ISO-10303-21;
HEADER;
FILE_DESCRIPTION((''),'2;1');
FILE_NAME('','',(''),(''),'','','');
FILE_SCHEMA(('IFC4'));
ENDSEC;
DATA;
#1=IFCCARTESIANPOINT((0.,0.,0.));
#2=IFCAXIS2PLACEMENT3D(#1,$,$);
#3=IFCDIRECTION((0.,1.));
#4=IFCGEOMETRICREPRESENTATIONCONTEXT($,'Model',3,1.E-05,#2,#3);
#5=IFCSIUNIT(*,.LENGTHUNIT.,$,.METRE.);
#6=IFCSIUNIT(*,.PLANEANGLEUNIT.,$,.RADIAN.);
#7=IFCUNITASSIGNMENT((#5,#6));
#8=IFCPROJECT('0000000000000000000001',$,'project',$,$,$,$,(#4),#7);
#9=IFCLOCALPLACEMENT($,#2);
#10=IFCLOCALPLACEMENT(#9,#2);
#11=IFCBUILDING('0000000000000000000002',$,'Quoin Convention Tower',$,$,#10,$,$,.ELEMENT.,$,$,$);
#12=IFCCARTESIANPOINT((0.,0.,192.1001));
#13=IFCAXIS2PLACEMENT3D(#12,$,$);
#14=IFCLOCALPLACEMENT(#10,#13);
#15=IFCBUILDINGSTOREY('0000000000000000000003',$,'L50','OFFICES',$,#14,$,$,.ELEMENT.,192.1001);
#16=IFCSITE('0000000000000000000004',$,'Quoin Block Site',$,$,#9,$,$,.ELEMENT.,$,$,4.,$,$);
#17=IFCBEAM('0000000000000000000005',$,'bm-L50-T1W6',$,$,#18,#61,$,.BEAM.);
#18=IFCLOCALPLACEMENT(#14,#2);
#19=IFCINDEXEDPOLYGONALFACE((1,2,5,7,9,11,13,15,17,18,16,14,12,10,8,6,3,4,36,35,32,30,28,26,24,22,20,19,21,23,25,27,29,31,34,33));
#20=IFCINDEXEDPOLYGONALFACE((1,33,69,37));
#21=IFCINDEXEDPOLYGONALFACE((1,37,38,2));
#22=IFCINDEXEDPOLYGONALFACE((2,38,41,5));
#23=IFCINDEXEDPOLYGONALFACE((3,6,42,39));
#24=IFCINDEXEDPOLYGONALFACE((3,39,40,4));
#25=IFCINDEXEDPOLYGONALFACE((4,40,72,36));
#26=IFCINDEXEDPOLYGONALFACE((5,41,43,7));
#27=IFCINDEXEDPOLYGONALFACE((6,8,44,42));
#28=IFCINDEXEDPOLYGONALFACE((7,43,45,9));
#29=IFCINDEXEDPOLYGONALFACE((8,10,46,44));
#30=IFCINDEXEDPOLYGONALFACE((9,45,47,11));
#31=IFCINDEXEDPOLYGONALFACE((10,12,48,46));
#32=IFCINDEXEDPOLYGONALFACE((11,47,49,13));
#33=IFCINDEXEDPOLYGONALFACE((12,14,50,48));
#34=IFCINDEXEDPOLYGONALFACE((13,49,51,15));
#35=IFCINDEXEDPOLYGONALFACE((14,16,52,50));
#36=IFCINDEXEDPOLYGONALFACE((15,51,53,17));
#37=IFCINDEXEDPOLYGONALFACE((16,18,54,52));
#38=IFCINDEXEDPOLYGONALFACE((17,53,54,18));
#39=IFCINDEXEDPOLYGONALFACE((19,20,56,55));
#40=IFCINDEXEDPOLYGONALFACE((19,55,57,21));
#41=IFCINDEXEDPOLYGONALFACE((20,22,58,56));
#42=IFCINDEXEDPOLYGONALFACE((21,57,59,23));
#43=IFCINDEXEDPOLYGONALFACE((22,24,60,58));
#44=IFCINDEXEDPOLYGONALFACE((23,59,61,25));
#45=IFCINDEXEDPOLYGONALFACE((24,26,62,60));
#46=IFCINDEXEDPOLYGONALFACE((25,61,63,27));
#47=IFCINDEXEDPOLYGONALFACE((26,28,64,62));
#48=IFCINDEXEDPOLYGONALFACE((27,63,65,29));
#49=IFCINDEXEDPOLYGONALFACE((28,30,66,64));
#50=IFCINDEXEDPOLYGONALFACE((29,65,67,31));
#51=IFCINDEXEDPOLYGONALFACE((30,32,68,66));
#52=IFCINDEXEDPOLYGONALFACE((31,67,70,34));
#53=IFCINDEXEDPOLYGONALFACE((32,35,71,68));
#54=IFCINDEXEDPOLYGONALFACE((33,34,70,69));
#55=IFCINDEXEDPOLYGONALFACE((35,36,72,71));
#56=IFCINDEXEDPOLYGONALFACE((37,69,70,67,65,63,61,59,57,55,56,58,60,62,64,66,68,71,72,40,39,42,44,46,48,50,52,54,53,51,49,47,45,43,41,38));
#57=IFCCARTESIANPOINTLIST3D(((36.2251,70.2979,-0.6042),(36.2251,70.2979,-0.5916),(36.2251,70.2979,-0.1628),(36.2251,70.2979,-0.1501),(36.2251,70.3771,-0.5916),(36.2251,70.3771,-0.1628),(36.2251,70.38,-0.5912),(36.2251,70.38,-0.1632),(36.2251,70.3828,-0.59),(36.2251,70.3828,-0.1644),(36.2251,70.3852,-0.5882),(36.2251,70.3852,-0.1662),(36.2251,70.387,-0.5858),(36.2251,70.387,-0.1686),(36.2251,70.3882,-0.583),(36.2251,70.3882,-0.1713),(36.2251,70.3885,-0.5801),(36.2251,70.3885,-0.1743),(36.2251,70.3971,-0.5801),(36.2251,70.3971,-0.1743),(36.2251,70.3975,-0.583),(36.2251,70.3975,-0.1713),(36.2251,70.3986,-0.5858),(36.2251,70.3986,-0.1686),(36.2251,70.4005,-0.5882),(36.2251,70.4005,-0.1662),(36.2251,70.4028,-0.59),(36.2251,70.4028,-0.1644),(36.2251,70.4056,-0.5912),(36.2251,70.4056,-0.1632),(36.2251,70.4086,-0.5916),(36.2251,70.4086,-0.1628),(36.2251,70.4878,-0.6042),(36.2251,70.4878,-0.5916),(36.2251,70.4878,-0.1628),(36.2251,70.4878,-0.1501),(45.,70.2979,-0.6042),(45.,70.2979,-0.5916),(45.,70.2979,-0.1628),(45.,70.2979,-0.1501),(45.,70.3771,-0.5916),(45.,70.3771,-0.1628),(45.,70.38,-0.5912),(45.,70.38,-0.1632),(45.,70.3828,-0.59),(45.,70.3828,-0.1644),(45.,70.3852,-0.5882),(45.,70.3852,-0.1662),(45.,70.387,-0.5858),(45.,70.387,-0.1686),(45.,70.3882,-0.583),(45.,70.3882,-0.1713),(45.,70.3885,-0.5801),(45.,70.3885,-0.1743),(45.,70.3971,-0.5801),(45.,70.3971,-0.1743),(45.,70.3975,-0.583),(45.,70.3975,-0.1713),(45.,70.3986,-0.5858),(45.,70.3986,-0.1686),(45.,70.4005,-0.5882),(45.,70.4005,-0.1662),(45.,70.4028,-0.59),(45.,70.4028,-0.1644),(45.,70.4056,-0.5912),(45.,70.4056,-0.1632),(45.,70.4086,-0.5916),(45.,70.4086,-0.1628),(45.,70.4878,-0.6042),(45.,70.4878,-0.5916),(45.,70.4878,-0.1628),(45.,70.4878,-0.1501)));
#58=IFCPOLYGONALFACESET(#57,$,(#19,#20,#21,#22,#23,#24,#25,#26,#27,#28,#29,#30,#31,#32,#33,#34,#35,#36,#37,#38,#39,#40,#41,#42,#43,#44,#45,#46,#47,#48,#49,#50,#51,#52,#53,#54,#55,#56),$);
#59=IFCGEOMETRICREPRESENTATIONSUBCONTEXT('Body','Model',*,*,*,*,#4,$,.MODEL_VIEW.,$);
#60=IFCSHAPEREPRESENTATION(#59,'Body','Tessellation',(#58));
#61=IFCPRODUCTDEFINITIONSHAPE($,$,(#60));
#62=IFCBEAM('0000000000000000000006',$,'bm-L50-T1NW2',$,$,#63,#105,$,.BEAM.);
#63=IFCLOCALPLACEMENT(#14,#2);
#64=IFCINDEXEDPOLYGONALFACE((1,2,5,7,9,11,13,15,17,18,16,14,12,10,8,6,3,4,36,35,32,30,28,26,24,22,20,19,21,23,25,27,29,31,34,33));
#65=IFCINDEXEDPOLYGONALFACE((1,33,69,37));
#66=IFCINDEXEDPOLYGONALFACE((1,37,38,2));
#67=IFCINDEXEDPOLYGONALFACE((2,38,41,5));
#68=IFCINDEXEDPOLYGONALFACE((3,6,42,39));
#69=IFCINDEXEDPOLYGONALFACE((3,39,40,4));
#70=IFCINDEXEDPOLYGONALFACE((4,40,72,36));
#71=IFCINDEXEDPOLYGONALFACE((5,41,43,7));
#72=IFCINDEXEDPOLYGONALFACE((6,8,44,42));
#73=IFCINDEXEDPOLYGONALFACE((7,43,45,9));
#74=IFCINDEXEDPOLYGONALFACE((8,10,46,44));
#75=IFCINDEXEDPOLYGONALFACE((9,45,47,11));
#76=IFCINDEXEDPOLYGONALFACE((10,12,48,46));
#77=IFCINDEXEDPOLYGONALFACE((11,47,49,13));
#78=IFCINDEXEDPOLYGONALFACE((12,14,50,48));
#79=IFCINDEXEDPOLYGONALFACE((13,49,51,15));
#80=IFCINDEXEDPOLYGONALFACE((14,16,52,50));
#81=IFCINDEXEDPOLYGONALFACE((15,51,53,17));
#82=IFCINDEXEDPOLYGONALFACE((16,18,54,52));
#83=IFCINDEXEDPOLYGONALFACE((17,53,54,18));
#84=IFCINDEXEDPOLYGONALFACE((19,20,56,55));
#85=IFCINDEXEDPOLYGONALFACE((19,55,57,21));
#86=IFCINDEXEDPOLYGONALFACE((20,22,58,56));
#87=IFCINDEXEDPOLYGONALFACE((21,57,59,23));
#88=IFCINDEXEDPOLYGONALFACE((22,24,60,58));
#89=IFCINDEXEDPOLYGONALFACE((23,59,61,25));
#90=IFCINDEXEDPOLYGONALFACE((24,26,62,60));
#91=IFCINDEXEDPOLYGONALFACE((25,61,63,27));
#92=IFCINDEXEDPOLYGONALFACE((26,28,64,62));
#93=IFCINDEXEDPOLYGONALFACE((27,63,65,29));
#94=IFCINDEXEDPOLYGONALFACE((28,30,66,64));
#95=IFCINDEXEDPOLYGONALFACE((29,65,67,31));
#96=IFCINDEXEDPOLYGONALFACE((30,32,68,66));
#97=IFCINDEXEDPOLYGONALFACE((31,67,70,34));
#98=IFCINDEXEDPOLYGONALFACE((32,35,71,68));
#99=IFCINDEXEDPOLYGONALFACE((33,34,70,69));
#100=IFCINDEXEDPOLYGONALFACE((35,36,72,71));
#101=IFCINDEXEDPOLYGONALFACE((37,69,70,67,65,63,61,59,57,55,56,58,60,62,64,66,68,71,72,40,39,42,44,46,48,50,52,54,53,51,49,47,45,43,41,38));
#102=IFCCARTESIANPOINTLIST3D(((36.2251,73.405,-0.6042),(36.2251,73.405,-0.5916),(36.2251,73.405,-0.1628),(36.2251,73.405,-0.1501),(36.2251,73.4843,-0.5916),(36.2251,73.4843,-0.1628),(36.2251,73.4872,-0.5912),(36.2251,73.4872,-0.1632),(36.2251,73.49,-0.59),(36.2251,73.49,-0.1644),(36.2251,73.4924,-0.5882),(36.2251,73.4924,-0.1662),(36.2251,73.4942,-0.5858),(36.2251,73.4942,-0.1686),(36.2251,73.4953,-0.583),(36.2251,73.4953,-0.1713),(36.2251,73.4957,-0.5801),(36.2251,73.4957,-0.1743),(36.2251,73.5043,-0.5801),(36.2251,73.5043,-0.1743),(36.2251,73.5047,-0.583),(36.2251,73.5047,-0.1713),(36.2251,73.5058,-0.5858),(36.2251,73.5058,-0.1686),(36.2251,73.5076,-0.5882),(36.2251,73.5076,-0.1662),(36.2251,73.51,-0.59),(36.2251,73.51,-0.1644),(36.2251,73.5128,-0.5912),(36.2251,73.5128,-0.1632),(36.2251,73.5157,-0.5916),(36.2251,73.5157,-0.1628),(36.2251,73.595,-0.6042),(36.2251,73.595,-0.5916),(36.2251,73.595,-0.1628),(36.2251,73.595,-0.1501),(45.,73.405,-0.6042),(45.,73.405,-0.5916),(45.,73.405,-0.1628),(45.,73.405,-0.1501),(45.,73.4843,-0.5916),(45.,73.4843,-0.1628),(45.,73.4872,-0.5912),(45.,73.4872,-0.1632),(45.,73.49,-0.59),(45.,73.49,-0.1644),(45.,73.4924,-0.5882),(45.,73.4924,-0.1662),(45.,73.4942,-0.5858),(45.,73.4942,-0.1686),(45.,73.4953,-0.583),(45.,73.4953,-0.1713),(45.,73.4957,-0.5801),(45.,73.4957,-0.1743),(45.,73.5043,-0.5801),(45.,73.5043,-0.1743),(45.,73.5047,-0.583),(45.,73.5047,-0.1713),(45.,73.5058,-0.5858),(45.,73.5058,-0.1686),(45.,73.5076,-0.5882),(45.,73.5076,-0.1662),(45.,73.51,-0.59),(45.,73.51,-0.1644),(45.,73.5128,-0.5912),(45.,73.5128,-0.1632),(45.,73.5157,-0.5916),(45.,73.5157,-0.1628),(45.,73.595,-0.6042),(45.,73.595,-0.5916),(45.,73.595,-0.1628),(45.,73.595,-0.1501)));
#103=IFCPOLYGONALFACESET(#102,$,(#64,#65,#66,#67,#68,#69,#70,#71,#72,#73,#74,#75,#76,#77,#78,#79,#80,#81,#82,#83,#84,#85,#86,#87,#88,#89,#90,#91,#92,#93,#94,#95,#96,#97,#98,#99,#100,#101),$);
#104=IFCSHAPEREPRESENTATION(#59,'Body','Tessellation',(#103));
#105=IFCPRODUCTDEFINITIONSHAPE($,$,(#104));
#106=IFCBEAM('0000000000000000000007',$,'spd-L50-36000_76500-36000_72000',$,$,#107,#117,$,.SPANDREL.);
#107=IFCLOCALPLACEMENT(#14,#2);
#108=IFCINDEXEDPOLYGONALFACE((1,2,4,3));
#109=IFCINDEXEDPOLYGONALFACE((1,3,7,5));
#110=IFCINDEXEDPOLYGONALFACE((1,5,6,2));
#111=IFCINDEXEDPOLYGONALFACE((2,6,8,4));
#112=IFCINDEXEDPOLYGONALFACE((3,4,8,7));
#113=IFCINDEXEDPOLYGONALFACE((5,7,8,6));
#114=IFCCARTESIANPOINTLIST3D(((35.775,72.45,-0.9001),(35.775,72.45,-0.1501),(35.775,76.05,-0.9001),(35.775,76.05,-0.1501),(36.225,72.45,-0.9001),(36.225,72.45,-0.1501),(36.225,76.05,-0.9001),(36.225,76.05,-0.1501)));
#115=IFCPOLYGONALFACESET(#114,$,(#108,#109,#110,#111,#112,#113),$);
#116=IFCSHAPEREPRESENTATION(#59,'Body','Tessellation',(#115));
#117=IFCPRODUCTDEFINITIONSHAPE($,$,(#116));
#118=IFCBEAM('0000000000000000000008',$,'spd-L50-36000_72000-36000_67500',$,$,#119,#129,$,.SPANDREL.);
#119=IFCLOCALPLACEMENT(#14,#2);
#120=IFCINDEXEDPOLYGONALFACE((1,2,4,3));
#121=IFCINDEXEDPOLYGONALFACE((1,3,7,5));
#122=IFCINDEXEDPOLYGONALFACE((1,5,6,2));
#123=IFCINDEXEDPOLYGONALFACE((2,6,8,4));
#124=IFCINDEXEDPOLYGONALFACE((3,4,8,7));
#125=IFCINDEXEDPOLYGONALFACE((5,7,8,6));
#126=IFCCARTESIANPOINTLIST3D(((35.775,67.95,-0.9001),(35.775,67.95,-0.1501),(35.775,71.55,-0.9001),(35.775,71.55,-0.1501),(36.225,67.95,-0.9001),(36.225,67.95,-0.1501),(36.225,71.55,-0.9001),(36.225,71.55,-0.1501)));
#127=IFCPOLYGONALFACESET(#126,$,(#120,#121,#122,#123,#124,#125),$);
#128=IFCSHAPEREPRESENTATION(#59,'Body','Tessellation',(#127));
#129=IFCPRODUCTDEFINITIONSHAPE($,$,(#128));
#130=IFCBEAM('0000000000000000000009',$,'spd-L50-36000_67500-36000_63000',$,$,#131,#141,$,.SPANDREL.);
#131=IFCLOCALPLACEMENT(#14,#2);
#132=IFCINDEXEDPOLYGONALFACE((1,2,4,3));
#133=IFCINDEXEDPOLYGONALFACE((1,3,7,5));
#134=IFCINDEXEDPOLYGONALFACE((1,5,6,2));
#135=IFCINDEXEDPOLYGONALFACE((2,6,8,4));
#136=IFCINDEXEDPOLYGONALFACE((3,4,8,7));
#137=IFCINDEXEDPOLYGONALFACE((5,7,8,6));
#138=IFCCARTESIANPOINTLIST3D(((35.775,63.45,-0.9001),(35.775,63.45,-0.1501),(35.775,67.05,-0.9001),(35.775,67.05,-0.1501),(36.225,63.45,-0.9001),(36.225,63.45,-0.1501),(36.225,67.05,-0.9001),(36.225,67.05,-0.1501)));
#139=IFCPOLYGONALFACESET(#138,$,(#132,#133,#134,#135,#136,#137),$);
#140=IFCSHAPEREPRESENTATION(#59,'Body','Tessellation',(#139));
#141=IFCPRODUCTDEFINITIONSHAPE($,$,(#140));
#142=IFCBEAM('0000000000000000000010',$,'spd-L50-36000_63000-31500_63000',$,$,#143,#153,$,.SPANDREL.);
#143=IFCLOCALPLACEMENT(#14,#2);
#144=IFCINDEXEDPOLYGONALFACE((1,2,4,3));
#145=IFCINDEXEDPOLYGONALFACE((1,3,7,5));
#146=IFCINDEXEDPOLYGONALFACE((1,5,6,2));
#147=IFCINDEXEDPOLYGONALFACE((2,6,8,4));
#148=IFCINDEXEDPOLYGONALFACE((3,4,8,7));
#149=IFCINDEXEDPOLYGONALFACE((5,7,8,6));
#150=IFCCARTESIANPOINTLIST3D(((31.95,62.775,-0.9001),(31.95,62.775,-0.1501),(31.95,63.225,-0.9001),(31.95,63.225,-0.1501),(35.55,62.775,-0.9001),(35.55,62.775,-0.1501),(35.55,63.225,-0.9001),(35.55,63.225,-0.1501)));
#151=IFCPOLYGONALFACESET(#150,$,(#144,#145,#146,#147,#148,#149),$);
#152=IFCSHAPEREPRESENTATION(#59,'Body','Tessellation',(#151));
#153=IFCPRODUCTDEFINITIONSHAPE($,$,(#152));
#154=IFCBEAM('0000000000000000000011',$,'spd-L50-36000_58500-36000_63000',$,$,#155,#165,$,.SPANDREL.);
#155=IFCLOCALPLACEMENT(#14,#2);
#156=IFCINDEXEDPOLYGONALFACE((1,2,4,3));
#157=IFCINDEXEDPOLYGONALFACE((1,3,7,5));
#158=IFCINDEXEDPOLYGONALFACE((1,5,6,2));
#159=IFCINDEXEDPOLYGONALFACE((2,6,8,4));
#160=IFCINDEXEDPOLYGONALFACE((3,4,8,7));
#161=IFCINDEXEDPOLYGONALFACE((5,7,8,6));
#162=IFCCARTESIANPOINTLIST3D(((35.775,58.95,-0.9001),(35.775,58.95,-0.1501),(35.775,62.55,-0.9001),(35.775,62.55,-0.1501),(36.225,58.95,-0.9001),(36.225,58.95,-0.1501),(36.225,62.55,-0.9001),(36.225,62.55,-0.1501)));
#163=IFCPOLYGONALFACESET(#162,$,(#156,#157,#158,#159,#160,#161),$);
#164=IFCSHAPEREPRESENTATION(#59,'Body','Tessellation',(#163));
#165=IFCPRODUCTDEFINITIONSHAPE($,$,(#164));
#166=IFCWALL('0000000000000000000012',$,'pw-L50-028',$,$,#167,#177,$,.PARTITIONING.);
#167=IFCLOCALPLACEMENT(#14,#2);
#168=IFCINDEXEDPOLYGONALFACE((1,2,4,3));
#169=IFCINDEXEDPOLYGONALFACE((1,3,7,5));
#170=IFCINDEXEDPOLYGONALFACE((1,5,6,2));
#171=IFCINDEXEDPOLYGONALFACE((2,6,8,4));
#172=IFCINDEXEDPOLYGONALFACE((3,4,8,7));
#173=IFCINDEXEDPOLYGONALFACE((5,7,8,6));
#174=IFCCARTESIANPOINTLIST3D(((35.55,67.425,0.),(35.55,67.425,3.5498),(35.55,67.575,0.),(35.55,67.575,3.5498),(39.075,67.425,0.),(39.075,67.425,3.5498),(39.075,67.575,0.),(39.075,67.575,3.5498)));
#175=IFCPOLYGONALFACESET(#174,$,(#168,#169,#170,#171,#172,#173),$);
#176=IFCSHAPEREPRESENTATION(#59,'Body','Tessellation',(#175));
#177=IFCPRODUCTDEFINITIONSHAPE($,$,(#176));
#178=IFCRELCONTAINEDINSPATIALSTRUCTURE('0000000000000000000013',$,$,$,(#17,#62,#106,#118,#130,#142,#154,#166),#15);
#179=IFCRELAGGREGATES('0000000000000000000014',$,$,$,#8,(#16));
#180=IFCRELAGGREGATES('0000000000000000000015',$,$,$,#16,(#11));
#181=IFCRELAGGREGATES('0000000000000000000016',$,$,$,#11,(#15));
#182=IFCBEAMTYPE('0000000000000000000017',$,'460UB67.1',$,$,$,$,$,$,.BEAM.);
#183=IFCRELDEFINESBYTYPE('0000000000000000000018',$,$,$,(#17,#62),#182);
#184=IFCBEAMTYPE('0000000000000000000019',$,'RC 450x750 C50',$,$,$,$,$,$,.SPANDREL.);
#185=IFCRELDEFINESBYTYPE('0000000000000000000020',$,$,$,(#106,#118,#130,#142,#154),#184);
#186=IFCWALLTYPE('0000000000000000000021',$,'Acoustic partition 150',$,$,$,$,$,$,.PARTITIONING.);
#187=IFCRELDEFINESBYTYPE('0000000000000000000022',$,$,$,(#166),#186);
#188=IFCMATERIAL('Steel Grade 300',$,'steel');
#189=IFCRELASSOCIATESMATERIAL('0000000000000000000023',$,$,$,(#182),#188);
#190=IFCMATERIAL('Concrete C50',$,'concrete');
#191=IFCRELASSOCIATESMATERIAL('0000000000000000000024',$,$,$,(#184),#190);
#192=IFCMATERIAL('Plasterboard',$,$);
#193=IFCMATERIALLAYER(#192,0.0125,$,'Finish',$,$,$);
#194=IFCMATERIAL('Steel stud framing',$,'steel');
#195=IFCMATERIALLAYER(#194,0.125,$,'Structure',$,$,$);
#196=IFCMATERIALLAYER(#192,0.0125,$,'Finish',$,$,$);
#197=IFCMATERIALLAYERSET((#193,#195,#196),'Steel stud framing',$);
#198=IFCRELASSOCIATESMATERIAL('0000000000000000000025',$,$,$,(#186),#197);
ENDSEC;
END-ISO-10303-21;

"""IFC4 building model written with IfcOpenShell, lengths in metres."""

from ifc_helpers import new_model, si_unit, direction, frame, frame_2d, origin, origin_2d, place, context, subcontext, project, spatial, rectangle, i_section, extrude, material, layer, layer_set, material_profile, profile_set, type_object, element, save


model = new_model("IFC4")

# Units and contexts
model_context = context("Model", 3, precision=1e-05, world=origin(), true_north=direction((0.0, 1.0)))
body_context = subcontext(model_context, "Body", "Model", "MODEL_VIEW")
ifc_project = project(units=[si_unit("LENGTHUNIT", "METRE"), si_unit("PLANEANGLEUNIT", "RADIAN")], contexts=[model_context])

# Site, building, storey
site_placement = place(None, origin())
site = spatial("IfcSite", under=ifc_project, at=site_placement, Name="Quoin Block Site", CompositionType="ELEMENT", RefElevation=4.0)
building_placement = place(site_placement, origin())
building = spatial("IfcBuilding", under=site, at=building_placement, Name="Quoin Convention Tower", CompositionType="ELEMENT")
storey_placement = place(building_placement, frame((0.0, 0.0, 192.1001)))
storey = spatial("IfcBuildingStorey", under=building, at=storey_placement, Name="L50", Description="OFFICES", CompositionType="ELEMENT", Elevation=192.1001)

# Shared definitions
ifc_material_1 = material(Name="Concrete C50", Category="concrete")

# Beams
ifc_material_2 = material(Name="Steel Grade 300", Category="steel")
ifc_material_profile_1 = material_profile(ifc_material_2, i_section(OverallWidth=0.1899, OverallDepth=0.4541, WebThickness=0.0085, FlangeThickness=0.0127, FilletRadius=0.0115, at=origin_2d()), Name="460UB67.1")
ifc_profile_set_1 = profile_set([ifc_material_profile_1], Name="Steel Grade 300")
beam_type_1 = type_object("IfcBeamType", Name="460UB67.1", PredefinedType="BEAM", material=ifc_profile_set_1)
for number, where, z_axis, x_axis, name in (
    (1, (36.2251, 70.3928, -0.3772), (1.0, 0.0, 0.0), (0.0, 1.0, 0.0), "bm-L50-T1W6"),
    (2, (36.2251, 73.5, -0.3772), (1.0, 0.0, 0.0), (0.0, 1.0, 0.0), "bm-L50-T1NW2"),
):
    element("IfcBeam", number, at=place(storey_placement, frame(where, z_axis=z_axis, x_axis=x_axis)), inside=storey, type_object=beam_type_1, Name=name, PredefinedType="BEAM", context=body_context, shape_type="SweptSolid", body=[
        extrude(i_section(OverallWidth=0.1899, OverallDepth=0.4541, WebThickness=0.0085, FlangeThickness=0.0127, FilletRadius=0.0115, at=origin_2d()), origin(), (0.0, 0.0, 1.0), 8.7749),
    ])
ifc_material_profile_2 = material_profile(ifc_material_1, rectangle(XDim=0.45, YDim=0.75, at=origin_2d()), Name="RC 450x750")
ifc_profile_set_2 = profile_set([ifc_material_profile_2], Name="Concrete C50")
beam_type_2 = type_object("IfcBeamType", Name="RC 450x750 C50", PredefinedType="SPANDREL", material=ifc_profile_set_2)
for number, where, z_axis, x_axis, name in (
    (3, (36.0, 76.05, -0.5251), (0.0, -1.0, 0.0), (1.0, 0.0, 0.0), "spd-L50-36000_76500-36000_72000"),
    (4, (36.0, 71.55, -0.5251), (0.0, -1.0, 0.0), (1.0, 0.0, 0.0), "spd-L50-36000_72000-36000_67500"),
    (5, (36.0, 67.05, -0.5251), (0.0, -1.0, 0.0), (1.0, 0.0, 0.0), "spd-L50-36000_67500-36000_63000"),
    (6, (35.55, 63.0, -0.5251), (-1.0, 0.0, 0.0), (0.0, -1.0, 0.0), "spd-L50-36000_63000-31500_63000"),
    (7, (36.0, 58.95, -0.5251), (0.0, 1.0, 0.0), (-1.0, 0.0, 0.0), "spd-L50-36000_58500-36000_63000"),
):
    element("IfcBeam", number, at=place(storey_placement, frame(where, z_axis=z_axis, x_axis=x_axis)), inside=storey, type_object=beam_type_2, Name=name, PredefinedType="SPANDREL", context=body_context, shape_type="SweptSolid", body=[
        extrude(rectangle(XDim=0.45, YDim=0.75, at=origin_2d()), origin(), (0.0, 0.0, 1.0), 3.6001),
    ])

# Wall
ifc_material_3 = material(Name="Plasterboard")
ifc_layer_1 = layer(ifc_material_3, 0.0125, Name="Finish")
ifc_material_4 = material(Name="Steel stud framing", Category="steel")
ifc_layer_2 = layer(ifc_material_4, 0.125, Name="Structure")
ifc_layer_3 = layer(ifc_material_3, 0.0125, Name="Finish")
ifc_layer_set_1 = layer_set([ifc_layer_1, ifc_layer_2, ifc_layer_3], Name="Steel stud framing")
wall_type_1 = type_object("IfcWallType", Name="Acoustic partition 150", PredefinedType="PARTITIONING", material=ifc_layer_set_1)
wall_1_placement = place(storey_placement, frame((35.55, 67.5, 0.0), z_axis=(0.0, 0.0, 1.0), x_axis=(1.0, 0.0, 0.0)))
element("IfcWall", 8, at=wall_1_placement, inside=storey, type_object=wall_type_1, Name="pw-L50-028", PredefinedType="PARTITIONING", context=body_context, shape_type="SweptSolid", body=[
    extrude(rectangle(XDim=3.5249, YDim=0.1499, at=frame_2d((1.7625, 0.0))), origin(), (0.0, 0.0, 1.0), 3.5498),
])

save(model, "model.ifc")
